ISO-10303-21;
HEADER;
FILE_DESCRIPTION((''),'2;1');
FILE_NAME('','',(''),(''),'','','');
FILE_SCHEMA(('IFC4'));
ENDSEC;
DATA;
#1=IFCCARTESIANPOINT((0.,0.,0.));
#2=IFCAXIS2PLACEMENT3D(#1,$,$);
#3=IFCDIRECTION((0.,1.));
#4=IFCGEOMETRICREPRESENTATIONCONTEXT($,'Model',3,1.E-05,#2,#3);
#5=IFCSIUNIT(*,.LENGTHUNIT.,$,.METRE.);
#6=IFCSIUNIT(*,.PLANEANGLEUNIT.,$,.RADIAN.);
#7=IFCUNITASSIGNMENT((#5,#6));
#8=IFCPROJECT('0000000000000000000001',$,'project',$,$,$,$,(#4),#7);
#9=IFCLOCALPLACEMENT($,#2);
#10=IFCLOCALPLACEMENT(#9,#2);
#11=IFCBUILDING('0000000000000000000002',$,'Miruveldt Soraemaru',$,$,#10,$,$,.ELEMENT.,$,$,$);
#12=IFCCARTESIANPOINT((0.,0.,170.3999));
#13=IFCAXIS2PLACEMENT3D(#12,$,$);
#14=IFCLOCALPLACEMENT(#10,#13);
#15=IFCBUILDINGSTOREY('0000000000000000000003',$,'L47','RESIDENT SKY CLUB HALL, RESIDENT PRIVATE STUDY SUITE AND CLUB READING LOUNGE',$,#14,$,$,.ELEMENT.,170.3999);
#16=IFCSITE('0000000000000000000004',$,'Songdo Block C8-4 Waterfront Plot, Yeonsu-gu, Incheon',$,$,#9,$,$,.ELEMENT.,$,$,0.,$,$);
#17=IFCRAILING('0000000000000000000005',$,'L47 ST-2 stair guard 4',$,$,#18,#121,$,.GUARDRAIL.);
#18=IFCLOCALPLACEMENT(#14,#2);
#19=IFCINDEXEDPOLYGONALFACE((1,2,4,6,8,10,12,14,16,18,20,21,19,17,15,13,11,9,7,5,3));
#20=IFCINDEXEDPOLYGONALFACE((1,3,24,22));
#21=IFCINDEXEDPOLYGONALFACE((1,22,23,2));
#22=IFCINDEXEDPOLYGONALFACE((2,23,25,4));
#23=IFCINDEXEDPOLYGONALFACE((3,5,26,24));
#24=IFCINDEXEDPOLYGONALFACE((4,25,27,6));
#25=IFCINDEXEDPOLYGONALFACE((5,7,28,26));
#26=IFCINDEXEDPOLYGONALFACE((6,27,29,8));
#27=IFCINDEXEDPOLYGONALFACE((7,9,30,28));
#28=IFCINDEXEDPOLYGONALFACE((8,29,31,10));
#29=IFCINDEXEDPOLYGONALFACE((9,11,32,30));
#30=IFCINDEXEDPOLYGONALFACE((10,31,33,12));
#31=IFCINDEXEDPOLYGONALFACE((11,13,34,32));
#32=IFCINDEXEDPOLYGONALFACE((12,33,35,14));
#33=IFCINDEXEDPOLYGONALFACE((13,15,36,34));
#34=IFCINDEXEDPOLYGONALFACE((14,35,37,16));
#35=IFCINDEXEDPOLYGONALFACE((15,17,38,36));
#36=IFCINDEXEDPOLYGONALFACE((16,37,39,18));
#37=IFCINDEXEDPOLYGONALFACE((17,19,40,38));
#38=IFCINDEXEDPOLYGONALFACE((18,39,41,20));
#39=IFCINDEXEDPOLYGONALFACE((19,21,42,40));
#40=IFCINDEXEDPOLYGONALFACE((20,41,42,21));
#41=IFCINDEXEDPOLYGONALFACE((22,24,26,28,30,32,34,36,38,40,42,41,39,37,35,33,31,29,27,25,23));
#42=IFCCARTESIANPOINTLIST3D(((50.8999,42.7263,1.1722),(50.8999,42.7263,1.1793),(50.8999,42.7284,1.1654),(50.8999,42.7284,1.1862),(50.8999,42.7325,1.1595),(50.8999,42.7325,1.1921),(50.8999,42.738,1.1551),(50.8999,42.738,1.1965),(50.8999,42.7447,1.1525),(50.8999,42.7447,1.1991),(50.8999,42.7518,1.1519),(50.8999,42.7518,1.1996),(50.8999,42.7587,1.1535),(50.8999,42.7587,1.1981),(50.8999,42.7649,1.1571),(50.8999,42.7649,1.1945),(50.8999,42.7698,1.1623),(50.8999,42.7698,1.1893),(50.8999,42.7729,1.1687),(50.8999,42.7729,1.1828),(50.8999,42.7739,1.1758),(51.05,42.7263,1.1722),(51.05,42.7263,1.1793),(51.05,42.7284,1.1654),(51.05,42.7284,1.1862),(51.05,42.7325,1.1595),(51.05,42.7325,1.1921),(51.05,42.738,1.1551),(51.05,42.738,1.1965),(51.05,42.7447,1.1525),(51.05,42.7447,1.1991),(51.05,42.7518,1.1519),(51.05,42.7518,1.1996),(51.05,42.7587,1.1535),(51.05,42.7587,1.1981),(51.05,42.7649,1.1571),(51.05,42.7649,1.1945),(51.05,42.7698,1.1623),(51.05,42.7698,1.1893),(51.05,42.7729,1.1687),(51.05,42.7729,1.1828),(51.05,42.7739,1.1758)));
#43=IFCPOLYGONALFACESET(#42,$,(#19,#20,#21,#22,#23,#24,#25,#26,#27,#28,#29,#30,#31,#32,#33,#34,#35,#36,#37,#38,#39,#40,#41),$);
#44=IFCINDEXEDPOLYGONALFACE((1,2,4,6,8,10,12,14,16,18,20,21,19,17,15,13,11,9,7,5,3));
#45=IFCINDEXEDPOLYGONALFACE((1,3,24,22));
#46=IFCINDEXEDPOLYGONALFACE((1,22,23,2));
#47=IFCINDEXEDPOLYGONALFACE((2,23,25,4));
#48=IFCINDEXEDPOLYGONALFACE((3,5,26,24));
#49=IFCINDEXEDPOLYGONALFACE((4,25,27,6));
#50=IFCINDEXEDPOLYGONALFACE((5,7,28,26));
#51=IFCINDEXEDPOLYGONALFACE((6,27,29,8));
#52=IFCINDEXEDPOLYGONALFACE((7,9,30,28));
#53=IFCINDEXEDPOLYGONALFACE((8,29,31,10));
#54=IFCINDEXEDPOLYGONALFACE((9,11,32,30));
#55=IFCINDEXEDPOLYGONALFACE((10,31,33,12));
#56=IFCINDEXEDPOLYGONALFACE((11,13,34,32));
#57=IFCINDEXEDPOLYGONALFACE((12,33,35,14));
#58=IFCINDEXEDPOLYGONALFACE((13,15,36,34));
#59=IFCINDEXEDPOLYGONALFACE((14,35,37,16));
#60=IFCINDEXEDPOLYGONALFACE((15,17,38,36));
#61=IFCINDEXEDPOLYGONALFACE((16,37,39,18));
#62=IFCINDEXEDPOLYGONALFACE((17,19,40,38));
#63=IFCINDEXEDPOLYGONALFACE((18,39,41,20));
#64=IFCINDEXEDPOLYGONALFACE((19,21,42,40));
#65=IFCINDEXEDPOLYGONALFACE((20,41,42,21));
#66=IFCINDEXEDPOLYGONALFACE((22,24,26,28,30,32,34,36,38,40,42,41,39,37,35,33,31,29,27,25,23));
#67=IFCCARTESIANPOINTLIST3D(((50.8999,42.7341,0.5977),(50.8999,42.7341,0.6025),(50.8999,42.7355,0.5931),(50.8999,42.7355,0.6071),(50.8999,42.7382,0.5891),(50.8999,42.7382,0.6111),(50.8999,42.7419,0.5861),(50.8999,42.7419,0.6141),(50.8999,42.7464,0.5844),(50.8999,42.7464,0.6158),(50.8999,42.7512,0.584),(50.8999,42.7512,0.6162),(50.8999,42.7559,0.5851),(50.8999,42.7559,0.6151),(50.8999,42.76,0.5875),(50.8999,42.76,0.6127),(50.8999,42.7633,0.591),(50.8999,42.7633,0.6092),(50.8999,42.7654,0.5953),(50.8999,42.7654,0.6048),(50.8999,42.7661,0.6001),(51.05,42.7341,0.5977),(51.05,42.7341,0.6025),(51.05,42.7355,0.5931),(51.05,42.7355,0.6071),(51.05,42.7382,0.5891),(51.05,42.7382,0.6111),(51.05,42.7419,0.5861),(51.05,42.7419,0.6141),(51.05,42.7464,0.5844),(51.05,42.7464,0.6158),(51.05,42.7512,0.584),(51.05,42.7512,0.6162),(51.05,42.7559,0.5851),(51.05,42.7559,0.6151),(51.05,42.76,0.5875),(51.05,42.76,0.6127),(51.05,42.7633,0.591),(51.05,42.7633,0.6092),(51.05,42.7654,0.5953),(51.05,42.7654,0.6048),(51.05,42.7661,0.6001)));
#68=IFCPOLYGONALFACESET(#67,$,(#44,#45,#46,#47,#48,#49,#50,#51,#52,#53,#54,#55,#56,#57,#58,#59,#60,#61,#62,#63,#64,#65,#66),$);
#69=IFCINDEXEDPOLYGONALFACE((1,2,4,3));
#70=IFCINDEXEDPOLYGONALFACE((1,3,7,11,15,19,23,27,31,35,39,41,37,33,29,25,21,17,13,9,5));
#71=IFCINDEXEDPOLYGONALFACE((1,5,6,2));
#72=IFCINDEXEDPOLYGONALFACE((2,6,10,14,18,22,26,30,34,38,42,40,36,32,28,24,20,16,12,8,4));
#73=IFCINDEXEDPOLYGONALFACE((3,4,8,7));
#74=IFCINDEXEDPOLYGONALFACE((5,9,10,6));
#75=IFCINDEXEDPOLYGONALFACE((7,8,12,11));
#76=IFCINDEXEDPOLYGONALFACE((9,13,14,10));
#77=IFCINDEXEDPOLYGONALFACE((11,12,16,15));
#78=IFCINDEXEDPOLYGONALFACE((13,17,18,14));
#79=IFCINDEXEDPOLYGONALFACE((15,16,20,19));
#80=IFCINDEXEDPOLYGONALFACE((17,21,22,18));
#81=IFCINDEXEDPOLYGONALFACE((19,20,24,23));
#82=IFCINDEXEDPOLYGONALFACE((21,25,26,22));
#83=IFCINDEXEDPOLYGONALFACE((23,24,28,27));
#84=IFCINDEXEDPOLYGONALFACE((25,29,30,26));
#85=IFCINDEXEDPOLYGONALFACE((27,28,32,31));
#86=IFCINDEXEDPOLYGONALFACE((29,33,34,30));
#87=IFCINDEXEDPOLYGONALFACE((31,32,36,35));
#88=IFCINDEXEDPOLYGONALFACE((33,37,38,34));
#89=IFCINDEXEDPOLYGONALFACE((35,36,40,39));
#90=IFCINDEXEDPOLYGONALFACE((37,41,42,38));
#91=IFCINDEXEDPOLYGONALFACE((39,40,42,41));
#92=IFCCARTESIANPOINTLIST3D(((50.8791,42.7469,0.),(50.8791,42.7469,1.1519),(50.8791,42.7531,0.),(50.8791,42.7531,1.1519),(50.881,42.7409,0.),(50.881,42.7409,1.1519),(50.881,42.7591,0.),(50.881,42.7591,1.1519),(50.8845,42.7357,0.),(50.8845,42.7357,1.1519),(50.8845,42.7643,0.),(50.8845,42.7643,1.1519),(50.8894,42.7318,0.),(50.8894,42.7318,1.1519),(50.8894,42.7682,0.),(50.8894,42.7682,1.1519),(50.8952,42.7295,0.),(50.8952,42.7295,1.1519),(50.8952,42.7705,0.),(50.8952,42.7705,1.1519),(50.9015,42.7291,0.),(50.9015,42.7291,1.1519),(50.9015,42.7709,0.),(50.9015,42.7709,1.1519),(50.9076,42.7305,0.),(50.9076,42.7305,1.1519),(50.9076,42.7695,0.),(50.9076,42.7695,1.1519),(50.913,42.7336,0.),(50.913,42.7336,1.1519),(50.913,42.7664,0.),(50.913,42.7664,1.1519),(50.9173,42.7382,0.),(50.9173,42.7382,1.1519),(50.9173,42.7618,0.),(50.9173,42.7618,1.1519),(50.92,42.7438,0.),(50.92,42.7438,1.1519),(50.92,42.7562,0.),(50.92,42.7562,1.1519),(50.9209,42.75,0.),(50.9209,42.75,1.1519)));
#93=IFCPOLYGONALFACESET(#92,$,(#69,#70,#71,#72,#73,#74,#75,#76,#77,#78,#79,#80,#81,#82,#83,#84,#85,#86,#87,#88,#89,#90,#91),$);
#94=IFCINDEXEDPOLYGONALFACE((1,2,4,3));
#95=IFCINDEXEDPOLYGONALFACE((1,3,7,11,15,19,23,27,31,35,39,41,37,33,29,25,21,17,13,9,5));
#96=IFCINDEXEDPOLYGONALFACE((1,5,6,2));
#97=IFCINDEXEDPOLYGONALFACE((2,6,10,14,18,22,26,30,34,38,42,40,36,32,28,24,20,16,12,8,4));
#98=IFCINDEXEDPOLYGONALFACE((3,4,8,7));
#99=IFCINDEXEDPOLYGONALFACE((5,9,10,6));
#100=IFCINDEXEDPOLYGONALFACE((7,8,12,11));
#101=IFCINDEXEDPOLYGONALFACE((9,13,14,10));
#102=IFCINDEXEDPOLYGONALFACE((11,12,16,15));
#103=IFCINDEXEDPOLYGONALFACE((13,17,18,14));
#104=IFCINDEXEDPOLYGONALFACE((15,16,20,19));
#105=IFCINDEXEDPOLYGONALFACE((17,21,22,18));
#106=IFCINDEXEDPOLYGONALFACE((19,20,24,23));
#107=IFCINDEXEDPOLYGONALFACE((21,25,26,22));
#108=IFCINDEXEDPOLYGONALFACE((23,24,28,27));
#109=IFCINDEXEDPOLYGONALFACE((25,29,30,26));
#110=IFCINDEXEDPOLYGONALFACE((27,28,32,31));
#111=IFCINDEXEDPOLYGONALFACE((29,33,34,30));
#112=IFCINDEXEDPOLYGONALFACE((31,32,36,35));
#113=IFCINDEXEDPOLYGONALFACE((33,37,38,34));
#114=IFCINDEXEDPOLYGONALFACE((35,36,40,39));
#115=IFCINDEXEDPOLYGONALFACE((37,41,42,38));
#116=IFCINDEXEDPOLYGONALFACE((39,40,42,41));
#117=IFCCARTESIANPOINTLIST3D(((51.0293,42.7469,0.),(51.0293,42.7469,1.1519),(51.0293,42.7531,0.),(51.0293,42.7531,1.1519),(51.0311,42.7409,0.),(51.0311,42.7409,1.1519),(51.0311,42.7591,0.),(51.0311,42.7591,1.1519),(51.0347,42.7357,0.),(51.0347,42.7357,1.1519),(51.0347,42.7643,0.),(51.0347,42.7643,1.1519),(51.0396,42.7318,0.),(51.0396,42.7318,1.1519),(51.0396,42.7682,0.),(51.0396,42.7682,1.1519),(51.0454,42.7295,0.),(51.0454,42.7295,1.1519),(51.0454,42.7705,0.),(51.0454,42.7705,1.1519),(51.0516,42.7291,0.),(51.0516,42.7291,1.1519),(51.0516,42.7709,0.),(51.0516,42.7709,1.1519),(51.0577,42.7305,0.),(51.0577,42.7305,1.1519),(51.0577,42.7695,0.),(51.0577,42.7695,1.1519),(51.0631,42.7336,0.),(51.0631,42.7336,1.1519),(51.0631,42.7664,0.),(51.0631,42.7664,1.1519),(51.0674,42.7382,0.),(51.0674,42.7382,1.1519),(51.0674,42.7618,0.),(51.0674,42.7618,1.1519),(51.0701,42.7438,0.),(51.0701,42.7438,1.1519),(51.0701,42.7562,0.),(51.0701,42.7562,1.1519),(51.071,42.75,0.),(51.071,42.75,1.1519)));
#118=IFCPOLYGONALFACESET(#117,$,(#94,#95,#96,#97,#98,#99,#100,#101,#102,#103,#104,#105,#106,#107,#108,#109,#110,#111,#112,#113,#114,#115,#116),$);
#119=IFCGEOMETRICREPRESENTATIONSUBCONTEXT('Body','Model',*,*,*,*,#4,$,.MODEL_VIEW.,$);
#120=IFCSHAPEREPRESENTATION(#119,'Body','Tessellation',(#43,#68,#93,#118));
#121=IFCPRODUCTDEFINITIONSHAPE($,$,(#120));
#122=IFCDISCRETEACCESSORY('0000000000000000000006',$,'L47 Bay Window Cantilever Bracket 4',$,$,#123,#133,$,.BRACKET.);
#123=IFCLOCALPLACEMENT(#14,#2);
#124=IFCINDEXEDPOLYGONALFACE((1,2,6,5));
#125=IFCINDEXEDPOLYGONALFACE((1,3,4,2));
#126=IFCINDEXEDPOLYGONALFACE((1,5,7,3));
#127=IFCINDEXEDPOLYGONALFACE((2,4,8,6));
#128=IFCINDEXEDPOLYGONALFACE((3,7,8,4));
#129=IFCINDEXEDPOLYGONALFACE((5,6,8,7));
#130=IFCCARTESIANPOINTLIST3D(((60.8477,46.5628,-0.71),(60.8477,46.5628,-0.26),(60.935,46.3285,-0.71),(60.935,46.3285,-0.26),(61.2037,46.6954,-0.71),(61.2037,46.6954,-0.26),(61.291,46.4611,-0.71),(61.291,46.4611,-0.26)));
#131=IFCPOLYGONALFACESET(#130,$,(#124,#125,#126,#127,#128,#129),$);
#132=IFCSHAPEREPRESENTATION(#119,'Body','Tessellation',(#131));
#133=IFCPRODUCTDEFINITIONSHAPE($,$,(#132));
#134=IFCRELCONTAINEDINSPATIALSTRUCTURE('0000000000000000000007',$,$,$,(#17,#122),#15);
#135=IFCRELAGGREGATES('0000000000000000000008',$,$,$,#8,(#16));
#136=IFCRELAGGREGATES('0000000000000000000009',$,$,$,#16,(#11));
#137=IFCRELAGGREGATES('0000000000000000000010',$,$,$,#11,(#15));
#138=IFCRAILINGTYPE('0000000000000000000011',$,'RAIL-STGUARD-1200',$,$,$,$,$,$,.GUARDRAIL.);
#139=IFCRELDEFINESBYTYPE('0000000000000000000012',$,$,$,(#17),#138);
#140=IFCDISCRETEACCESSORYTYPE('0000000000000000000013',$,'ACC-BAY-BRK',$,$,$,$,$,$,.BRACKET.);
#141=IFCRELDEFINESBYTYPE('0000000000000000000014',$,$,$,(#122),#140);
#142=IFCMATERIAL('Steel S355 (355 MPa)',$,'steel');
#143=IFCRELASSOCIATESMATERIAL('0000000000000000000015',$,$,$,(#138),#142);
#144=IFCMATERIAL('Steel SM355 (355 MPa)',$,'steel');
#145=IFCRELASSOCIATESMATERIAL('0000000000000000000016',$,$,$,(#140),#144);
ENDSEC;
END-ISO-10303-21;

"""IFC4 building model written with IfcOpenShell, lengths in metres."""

from ifc_helpers import new_model, si_unit, direction, frame, origin, origin_2d, place, context, subcontext, project, spatial, rectangle, circle, extrude, material, type_object, element, save


model = new_model("IFC4")

# Units and contexts
model_context = context("Model", 3, precision=1e-05, world=origin(), true_north=direction((0.0, 1.0)))
body_context = subcontext(model_context, "Body", "Model", "MODEL_VIEW")
ifc_project = project(units=[si_unit("LENGTHUNIT", "METRE"), si_unit("PLANEANGLEUNIT", "RADIAN")], contexts=[model_context])

# Site, building, storey
site_placement = place(None, origin())
site = spatial("IfcSite", under=ifc_project, at=site_placement, Name="Songdo Block C8-4 Waterfront Plot, Yeonsu-gu, Incheon", CompositionType="ELEMENT", RefElevation=0.0)
building_placement = place(site_placement, origin())
building = spatial("IfcBuilding", under=site, at=building_placement, Name="Miruveldt Soraemaru", CompositionType="ELEMENT")
storey_placement = place(building_placement, frame((0.0, 0.0, 170.3999)))
storey = spatial("IfcBuildingStorey", under=building, at=storey_placement, Name="L47", Description="RESIDENT SKY CLUB HALL, RESIDENT PRIVATE STUDY SUITE AND CLUB READING LOUNGE", CompositionType="ELEMENT", Elevation=170.3999)

# Shared definitions
ifc_material_1 = material(Name="Steel SM355 (355 MPa)", Category="steel")

# Railing
ifc_material_2 = material(Name="Steel S355 (355 MPa)", Category="steel")
railing_type = type_object("IfcRailingType", Name="RAIL-STGUARD-1200", PredefinedType="GUARDRAIL", material=ifc_material_2)
railing_1_placement = place(storey_placement, frame((50.8999, 42.75, 0.0)))
element("IfcRailing", 1, at=railing_1_placement, inside=storey, type_object=railing_type, Name="L47 ST-2 stair guard 4", PredefinedType="GUARDRAIL", context=body_context, shape_type="SweptSolid", body=[
    extrude(circle(Radius=0.0239, at=origin_2d()), frame((0.0, 0.0, 1.1758), z_axis=(1.0, 0.0, 0.0), x_axis=(0.0, 1.0, 0.0)), (0.0, 0.0, 1.0), 0.1501),
    extrude(circle(Radius=0.0161, at=origin_2d()), frame((0.0, 0.0, 0.6001), z_axis=(1.0, 0.0, 0.0), x_axis=(0.0, 1.0, 0.0)), (0.0, 0.0, 1.0), 0.1501),
    extrude(circle(Radius=0.021, at=origin_2d()), origin(), (0.0, 0.0, 1.0), 1.1519),
    extrude(circle(Radius=0.021, at=origin_2d()), frame((0.1501, 0.0, 0.0)), (0.0, 0.0, 1.0), 1.1519),
])

# Discrete accessory
discrete_accessory_type = type_object("IfcDiscreteAccessoryType", Name="ACC-BAY-BRK", PredefinedType="BRACKET", material=ifc_material_1)
discrete_accessory_placement = place(storey_placement, frame((61.0693, 46.512, -0.71), z_axis=(0.0, 0.0, 1.0), x_axis=(0.937112, 0.34903, 0.0)))
element("IfcDiscreteAccessory", 2, at=discrete_accessory_placement, inside=storey, type_object=discrete_accessory_type, Name="L47 Bay Window Cantilever Bracket 4", PredefinedType="BRACKET", context=body_context, shape_type="SweptSolid", body=[
    extrude(rectangle(XDim=0.3799, YDim=0.25, at=origin_2d()), origin(), (0.0, 0.0, 1.0), 0.45),
])

save(model, "model.ifc")
